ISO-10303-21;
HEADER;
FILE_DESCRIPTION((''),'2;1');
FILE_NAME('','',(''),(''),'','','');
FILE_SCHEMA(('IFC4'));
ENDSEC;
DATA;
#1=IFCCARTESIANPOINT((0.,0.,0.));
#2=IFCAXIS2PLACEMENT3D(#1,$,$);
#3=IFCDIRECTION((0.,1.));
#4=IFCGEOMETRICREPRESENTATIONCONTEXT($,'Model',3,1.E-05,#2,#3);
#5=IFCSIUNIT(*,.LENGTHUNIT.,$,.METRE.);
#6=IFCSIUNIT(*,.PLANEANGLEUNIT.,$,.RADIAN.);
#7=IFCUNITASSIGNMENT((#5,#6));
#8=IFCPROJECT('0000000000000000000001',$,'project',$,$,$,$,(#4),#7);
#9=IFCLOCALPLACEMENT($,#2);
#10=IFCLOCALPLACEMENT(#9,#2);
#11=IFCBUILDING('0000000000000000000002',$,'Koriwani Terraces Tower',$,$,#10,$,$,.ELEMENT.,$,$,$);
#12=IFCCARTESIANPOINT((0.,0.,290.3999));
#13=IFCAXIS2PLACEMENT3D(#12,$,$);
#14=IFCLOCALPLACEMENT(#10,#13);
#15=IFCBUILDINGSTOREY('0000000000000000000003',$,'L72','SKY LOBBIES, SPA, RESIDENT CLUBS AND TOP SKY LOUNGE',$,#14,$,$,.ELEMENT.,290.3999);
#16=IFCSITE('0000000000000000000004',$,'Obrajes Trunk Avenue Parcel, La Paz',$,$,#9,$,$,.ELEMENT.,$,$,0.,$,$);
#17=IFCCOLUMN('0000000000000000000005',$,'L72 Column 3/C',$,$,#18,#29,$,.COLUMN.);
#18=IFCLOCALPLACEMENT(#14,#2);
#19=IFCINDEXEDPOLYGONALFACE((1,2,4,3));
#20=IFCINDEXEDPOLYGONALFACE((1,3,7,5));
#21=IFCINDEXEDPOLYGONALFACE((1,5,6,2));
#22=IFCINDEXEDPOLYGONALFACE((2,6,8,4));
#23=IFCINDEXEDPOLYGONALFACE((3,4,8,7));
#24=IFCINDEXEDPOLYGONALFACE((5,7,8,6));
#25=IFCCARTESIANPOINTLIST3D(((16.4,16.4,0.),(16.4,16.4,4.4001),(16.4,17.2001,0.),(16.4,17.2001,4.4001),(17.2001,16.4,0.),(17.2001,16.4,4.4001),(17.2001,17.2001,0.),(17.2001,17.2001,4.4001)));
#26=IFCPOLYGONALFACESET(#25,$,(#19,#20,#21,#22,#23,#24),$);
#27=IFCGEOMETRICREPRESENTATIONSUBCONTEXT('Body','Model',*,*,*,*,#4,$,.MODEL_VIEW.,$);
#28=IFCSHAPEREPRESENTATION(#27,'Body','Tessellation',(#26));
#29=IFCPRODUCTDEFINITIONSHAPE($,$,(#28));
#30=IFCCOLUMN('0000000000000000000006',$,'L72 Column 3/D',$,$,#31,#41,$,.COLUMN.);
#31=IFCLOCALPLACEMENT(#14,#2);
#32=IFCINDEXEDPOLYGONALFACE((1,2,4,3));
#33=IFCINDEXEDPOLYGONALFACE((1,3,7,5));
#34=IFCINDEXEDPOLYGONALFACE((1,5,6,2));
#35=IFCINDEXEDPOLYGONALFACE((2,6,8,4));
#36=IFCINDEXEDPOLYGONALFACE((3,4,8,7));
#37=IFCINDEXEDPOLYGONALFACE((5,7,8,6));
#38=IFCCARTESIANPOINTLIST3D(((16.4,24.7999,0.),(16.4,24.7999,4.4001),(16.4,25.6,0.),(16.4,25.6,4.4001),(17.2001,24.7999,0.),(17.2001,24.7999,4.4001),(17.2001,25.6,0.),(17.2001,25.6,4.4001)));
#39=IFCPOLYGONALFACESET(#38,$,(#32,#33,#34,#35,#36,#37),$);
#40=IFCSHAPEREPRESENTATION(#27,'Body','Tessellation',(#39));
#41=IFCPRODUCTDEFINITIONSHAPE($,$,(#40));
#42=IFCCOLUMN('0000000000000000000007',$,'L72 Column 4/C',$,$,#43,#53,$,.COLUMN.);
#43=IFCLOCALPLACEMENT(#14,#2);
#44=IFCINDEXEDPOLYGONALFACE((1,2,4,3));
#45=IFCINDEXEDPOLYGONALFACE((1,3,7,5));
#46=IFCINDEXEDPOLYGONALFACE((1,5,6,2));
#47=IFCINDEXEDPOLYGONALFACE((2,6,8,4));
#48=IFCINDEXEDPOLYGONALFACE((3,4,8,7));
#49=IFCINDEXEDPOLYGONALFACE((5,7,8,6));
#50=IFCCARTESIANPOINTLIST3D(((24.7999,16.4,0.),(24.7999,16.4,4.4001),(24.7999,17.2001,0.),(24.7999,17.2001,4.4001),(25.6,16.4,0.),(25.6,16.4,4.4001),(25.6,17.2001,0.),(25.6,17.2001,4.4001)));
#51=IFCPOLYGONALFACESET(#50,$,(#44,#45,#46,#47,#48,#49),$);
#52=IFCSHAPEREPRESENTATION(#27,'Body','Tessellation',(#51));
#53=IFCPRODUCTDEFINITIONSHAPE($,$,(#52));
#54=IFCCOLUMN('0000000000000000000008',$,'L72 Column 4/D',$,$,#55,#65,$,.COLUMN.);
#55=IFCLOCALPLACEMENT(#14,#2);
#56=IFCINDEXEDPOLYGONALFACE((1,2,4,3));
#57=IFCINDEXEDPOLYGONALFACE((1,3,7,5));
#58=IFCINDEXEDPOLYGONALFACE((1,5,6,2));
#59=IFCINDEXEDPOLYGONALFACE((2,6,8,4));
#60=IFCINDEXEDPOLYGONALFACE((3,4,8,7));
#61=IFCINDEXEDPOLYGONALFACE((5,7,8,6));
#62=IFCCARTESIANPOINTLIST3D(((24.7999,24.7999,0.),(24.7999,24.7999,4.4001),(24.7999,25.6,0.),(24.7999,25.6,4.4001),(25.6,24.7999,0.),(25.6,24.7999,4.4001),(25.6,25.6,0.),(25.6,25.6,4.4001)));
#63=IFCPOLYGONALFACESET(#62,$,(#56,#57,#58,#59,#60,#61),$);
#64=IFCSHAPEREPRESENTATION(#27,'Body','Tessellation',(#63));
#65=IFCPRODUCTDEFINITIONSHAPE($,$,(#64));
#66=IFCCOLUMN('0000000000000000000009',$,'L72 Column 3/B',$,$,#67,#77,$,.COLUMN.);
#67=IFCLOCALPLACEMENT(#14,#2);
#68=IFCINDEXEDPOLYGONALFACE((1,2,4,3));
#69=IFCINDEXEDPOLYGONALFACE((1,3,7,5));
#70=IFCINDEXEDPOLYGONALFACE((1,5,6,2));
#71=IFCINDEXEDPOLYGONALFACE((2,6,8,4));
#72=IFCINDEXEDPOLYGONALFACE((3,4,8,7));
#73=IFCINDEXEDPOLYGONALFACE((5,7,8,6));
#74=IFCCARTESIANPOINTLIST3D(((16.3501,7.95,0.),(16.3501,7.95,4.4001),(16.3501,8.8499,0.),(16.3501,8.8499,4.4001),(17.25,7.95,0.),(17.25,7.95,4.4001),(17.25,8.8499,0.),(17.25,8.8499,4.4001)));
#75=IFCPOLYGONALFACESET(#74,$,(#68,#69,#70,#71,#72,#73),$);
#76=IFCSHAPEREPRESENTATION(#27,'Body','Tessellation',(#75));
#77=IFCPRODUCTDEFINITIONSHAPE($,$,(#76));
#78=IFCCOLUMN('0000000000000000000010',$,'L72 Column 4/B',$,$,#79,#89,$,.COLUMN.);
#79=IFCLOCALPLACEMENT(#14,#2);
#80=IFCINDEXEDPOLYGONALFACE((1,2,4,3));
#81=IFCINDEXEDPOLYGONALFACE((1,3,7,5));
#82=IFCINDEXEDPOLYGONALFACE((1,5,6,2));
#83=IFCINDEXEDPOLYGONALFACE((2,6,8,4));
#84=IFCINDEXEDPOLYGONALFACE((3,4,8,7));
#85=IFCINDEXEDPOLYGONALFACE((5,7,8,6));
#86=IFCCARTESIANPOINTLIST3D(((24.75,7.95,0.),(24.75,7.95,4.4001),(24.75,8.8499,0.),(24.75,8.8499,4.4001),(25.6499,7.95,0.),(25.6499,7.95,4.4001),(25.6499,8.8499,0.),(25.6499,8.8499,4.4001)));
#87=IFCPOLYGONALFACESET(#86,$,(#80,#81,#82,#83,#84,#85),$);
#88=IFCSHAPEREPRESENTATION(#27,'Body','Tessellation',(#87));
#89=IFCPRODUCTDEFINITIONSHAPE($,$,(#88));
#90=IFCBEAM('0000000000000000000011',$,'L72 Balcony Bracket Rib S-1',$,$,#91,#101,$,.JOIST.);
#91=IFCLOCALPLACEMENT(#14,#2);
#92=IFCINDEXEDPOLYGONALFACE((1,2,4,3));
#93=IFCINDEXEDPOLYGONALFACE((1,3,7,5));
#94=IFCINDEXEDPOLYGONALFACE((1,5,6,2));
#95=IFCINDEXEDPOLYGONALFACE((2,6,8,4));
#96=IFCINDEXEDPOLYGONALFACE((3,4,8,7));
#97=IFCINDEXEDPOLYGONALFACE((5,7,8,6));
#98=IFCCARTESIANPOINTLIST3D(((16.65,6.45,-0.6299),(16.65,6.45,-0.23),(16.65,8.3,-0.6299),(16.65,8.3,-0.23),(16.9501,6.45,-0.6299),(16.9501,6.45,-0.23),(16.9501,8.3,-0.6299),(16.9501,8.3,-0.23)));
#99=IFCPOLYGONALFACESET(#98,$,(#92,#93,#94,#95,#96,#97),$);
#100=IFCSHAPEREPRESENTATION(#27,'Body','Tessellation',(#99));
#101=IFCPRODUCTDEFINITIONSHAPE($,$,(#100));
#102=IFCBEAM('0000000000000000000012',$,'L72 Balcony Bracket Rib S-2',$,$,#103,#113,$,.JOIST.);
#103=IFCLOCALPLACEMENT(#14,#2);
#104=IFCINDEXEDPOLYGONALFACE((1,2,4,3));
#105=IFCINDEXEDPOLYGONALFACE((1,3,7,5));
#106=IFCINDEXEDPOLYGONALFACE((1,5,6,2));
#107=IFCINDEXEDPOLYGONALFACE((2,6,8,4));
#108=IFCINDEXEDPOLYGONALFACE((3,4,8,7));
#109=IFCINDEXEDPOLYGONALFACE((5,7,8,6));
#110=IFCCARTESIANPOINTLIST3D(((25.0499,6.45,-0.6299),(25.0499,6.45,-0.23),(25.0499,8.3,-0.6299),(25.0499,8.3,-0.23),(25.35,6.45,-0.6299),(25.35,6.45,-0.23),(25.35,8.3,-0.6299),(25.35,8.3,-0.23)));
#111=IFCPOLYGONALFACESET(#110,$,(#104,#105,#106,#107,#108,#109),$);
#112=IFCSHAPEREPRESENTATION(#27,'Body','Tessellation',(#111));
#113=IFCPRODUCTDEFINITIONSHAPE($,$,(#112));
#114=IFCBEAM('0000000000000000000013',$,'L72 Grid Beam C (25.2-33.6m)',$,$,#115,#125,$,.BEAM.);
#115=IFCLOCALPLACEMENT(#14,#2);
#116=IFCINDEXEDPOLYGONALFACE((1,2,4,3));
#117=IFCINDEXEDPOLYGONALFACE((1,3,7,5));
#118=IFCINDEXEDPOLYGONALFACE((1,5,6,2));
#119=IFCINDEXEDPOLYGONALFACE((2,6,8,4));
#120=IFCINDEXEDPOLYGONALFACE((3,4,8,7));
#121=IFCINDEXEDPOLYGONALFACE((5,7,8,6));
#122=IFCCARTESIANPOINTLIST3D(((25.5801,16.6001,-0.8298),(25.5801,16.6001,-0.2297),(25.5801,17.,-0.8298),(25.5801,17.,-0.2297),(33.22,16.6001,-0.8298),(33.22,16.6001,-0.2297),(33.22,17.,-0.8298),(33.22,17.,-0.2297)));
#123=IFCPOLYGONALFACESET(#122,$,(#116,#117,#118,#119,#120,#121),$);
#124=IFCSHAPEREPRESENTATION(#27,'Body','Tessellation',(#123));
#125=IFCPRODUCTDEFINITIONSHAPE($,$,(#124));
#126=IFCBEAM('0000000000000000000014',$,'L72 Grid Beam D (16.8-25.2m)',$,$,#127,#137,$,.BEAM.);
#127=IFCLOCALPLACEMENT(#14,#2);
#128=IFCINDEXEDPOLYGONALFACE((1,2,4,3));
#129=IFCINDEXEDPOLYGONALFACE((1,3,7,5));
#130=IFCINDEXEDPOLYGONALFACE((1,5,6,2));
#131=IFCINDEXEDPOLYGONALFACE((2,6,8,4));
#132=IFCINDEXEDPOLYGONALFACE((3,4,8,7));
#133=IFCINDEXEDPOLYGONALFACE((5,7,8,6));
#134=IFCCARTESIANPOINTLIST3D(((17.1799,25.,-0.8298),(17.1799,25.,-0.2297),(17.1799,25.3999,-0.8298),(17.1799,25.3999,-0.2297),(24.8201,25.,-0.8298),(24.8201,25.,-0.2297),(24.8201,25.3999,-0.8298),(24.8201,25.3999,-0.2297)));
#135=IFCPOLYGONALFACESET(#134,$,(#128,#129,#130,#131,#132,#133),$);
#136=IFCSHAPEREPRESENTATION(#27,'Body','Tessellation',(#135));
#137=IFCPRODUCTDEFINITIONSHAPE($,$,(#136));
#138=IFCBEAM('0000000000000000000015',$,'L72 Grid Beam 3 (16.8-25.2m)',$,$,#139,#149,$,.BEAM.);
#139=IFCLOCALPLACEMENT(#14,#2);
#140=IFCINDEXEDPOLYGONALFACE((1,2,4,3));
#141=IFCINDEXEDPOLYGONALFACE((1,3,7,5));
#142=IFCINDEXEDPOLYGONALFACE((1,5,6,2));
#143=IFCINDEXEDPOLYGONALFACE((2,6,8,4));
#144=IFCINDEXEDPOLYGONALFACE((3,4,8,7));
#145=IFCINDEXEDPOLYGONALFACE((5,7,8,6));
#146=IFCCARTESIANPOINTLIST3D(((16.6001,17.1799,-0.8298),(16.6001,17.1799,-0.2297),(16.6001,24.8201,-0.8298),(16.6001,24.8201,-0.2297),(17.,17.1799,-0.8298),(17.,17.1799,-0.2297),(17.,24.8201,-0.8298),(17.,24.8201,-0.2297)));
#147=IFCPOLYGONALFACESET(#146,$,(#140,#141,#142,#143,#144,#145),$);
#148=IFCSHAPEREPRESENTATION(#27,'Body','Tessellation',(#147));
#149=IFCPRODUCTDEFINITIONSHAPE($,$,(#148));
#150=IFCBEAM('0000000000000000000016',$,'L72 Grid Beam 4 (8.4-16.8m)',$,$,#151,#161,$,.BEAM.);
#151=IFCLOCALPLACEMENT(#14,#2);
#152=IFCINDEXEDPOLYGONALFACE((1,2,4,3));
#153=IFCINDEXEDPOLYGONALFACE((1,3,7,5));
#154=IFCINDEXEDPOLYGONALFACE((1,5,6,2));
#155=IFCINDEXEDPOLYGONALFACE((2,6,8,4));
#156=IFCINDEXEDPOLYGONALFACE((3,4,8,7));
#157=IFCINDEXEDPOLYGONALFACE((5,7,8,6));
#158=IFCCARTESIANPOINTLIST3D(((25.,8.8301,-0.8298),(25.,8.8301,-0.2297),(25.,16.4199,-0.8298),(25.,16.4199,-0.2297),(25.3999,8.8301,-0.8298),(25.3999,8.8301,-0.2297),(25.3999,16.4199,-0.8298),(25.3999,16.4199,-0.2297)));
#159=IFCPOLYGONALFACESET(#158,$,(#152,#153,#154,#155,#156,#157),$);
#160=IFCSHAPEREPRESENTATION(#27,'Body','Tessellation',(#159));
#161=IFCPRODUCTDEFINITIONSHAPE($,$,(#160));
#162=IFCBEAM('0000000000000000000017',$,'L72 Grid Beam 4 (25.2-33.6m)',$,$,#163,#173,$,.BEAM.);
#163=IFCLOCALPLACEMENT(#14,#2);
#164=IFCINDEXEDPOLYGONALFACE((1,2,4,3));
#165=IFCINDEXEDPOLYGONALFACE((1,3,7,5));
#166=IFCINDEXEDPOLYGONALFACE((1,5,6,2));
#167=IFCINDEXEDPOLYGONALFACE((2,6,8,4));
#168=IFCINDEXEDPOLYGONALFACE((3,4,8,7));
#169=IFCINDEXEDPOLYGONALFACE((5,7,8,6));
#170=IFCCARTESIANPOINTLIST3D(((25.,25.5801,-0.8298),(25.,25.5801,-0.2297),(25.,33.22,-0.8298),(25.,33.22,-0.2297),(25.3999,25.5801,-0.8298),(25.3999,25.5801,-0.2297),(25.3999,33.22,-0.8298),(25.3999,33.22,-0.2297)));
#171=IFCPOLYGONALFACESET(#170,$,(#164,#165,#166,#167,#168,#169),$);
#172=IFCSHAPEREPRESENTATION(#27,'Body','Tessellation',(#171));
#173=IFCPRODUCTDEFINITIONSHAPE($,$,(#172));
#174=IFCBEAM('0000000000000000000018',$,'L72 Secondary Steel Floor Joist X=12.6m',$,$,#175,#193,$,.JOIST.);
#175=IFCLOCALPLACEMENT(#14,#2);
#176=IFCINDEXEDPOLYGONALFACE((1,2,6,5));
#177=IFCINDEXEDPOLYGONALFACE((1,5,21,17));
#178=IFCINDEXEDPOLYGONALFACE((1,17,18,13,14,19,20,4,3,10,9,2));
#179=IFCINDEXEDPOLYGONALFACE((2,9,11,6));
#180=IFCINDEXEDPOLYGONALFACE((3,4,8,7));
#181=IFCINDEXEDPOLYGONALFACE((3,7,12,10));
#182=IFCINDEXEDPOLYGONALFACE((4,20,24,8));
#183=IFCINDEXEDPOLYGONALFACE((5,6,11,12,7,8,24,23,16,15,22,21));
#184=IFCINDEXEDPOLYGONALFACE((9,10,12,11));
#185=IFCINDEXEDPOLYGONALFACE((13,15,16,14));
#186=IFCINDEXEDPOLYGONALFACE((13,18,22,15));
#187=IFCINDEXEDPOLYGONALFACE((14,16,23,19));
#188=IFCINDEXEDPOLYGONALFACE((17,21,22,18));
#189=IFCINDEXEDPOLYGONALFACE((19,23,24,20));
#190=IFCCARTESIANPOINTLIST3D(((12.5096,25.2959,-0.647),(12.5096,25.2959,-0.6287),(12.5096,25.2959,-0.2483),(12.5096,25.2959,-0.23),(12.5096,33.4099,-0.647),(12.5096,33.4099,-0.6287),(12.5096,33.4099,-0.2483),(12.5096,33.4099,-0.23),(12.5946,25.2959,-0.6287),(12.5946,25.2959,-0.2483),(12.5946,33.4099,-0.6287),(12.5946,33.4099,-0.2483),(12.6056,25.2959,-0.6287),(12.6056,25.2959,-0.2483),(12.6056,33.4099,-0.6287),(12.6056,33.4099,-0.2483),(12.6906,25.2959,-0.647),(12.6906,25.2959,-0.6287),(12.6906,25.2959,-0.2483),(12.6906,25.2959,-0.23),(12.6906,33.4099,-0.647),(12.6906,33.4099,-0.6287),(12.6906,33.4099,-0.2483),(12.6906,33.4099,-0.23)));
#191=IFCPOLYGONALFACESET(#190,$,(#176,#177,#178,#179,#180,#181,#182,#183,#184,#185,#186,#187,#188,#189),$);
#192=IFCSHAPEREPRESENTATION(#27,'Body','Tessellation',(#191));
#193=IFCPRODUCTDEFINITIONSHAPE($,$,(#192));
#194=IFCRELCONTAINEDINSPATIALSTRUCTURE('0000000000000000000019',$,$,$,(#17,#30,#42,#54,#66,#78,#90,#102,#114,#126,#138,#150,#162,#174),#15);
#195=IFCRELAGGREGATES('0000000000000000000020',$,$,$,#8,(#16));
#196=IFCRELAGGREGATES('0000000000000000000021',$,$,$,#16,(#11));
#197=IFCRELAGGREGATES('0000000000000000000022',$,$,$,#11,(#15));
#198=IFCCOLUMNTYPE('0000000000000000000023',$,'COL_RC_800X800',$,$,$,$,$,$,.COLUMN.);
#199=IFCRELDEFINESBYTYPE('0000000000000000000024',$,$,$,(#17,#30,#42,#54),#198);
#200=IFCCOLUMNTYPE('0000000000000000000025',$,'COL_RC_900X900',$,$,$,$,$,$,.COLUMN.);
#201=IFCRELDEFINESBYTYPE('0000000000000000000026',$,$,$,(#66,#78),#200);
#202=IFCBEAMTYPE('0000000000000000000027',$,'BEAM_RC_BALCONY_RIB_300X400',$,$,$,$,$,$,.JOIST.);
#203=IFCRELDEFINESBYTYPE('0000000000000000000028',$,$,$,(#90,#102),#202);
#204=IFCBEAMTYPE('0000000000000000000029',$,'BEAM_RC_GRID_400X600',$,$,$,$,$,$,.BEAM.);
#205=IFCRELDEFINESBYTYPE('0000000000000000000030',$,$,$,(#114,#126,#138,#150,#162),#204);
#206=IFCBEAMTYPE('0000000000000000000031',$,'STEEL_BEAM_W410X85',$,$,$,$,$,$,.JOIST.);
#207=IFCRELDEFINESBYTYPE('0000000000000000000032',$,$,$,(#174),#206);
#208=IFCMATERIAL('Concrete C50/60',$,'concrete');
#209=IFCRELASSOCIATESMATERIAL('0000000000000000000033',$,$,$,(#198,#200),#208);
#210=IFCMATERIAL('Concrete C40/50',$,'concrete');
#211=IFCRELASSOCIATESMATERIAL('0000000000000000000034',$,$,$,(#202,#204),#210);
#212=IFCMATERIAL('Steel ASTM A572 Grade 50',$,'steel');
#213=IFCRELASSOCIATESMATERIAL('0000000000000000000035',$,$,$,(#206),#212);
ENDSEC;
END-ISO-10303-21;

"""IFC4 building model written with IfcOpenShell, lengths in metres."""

from ifc_helpers import new_model, si_unit, direction, frame, origin, origin_2d, place, context, subcontext, project, spatial, rectangle, i_section, extrude, material, material_profile, profile_set, type_object, element, save


model = new_model("IFC4")

# Units and contexts
model_context = context("Model", 3, precision=1e-05, world=origin(), true_north=direction((0.0, 1.0)))
body_context = subcontext(model_context, "Body", "Model", "MODEL_VIEW")
ifc_project = project(units=[si_unit("LENGTHUNIT", "METRE"), si_unit("PLANEANGLEUNIT", "RADIAN")], contexts=[model_context])

# Site, building, storey
site_placement = place(None, origin())
site = spatial("IfcSite", under=ifc_project, at=site_placement, Name="Obrajes Trunk Avenue Parcel, La Paz", CompositionType="ELEMENT", RefElevation=0.0)
building_placement = place(site_placement, origin())
building = spatial("IfcBuilding", under=site, at=building_placement, Name="Koriwani Terraces Tower", CompositionType="ELEMENT")
storey_placement = place(building_placement, frame((0.0, 0.0, 290.3999)))
storey = spatial("IfcBuildingStorey", under=building, at=storey_placement, Name="L72", Description="SKY LOBBIES, SPA, RESIDENT CLUBS AND TOP SKY LOUNGE", CompositionType="ELEMENT", Elevation=290.3999)

# Columns
ifc_material_1 = material(Name="Concrete C50/60", Category="concrete")
ifc_material_profile_1 = material_profile(ifc_material_1, rectangle(XDim=0.8, YDim=0.8, at=origin_2d()), Name="Concrete C50/60", Category="LoadBearing")
ifc_profile_set_1 = profile_set([ifc_material_profile_1], Name="Concrete C50/60")
column_type_1 = type_object("IfcColumnType", Name="COL_RC_800X800", PredefinedType="COLUMN", material=ifc_profile_set_1)
for number, where, z_axis, x_axis, name in (
    (1, (16.8, 16.8, 0.0), (0.0, 0.0, 1.0), (1.0, 0.0, 0.0), "L72 Column 3/C"),
    (2, (16.8, 25.2, 0.0), (0.0, 0.0, 1.0), (1.0, 0.0, 0.0), "L72 Column 3/D"),
    (3, (25.2, 16.8, 0.0), (0.0, 0.0, 1.0), (1.0, 0.0, 0.0), "L72 Column 4/C"),
    (4, (25.2, 25.2, 0.0), (0.0, 0.0, 1.0), (1.0, 0.0, 0.0), "L72 Column 4/D"),
):
    element("IfcColumn", number, at=place(storey_placement, frame(where, z_axis=z_axis, x_axis=x_axis)), inside=storey, type_object=column_type_1, Name=name, PredefinedType="COLUMN", context=body_context, shape_type="SweptSolid", body=[
        extrude(rectangle(XDim=0.8, YDim=0.8, at=origin_2d()), origin(), (0.0, 0.0, 1.0), 4.4001),
    ])
ifc_material_profile_2 = material_profile(ifc_material_1, rectangle(XDim=0.8999, YDim=0.8999, at=origin_2d()), Name="Concrete C50/60", Category="LoadBearing")
ifc_profile_set_2 = profile_set([ifc_material_profile_2], Name="Concrete C50/60")
column_type_2 = type_object("IfcColumnType", Name="COL_RC_900X900", PredefinedType="COLUMN", material=ifc_profile_set_2)
for number, where, z_axis, x_axis, name in (
    (5, (16.8, 8.3999, 0.0), (0.0, 0.0, 1.0), (1.0, 0.0, 0.0), "L72 Column 3/B"),
    (6, (25.2, 8.3999, 0.0), (0.0, 0.0, 1.0), (1.0, 0.0, 0.0), "L72 Column 4/B"),
):
    element("IfcColumn", number, at=place(storey_placement, frame(where, z_axis=z_axis, x_axis=x_axis)), inside=storey, type_object=column_type_2, Name=name, PredefinedType="COLUMN", context=body_context, shape_type="SweptSolid", body=[
        extrude(rectangle(XDim=0.8999, YDim=0.8999, at=origin_2d()), origin(), (0.0, 0.0, 1.0), 4.4001),
    ])

# Beams
ifc_material_2 = material(Name="Concrete C40/50", Category="concrete")
ifc_material_profile_3 = material_profile(ifc_material_2, rectangle(XDim=0.3, YDim=0.3999, at=origin_2d()), Name="Concrete C40/50", Category="LoadBearing")
ifc_profile_set_3 = profile_set([ifc_material_profile_3], Name="Concrete C40/50")
beam_type_1 = type_object("IfcBeamType", Name="BEAM_RC_BALCONY_RIB_300X400", PredefinedType="JOIST", material=ifc_profile_set_3)
for number, where, z_axis, x_axis, name in (
    (7, (16.8, 6.45, -0.4299), (0.0, 1.0, 0.0), (-1.0, 0.0, 0.0), "L72 Balcony Bracket Rib S-1"),
    (8, (25.2, 6.45, -0.4299), (0.0, 1.0, 0.0), (-1.0, 0.0, 0.0), "L72 Balcony Bracket Rib S-2"),
):
    element("IfcBeam", number, at=place(storey_placement, frame(where, z_axis=z_axis, x_axis=x_axis)), inside=storey, type_object=beam_type_1, Name=name, PredefinedType="JOIST", context=body_context, shape_type="SweptSolid", body=[
        extrude(rectangle(XDim=0.3, YDim=0.3999, at=origin_2d()), origin(), (0.0, 0.0, 1.0), 1.8501),
    ])
ifc_material_profile_4 = material_profile(ifc_material_2, rectangle(XDim=0.3999, YDim=0.6001, at=origin_2d()), Name="Concrete C40/50", Category="LoadBearing")
ifc_profile_set_4 = profile_set([ifc_material_profile_4], Name="Concrete C40/50")
beam_type_2 = type_object("IfcBeamType", Name="BEAM_RC_GRID_400X600", PredefinedType="BEAM", material=ifc_profile_set_4)
beam_1_placement = place(storey_placement, frame((25.5801, 16.8, -0.5298), z_axis=(1.0, 0.0, 0.0), x_axis=(0.0, 1.0, 0.0)))
element("IfcBeam", 9, at=beam_1_placement, inside=storey, type_object=beam_type_2, Name="L72 Grid Beam C (25.2-33.6m)", PredefinedType="BEAM", context=body_context, shape_type="SweptSolid", body=[
    extrude(rectangle(XDim=0.3999, YDim=0.6001, at=origin_2d()), origin(), (0.0, 0.0, 1.0), 7.6399),
])
for number, where, z_axis, x_axis, name in (
    (10, (17.1799, 25.2, -0.5298), (1.0, 0.0, 0.0), (0.0, 1.0, 0.0), "L72 Grid Beam D (16.8-25.2m)"),
    (11, (16.8, 17.1799, -0.5298), (0.0, 1.0, 0.0), (-1.0, 0.0, 0.0), "L72 Grid Beam 3 (16.8-25.2m)"),
):
    element("IfcBeam", number, at=place(storey_placement, frame(where, z_axis=z_axis, x_axis=x_axis)), inside=storey, type_object=beam_type_2, Name=name, PredefinedType="BEAM", context=body_context, shape_type="SweptSolid", body=[
        extrude(rectangle(XDim=0.3999, YDim=0.6001, at=origin_2d()), origin(), (0.0, 0.0, 1.0), 7.6401),
    ])
beam_2_placement = place(storey_placement, frame((25.2, 8.8301, -0.5298), z_axis=(0.0, 1.0, 0.0), x_axis=(-1.0, 0.0, 0.0)))
element("IfcBeam", 12, at=beam_2_placement, inside=storey, type_object=beam_type_2, Name="L72 Grid Beam 4 (8.4-16.8m)", PredefinedType="BEAM", context=body_context, shape_type="SweptSolid", body=[
    extrude(rectangle(XDim=0.3999, YDim=0.6001, at=origin_2d()), origin(), (0.0, 0.0, 1.0), 7.5898),
])
beam_3_placement = place(storey_placement, frame((25.2, 25.5801, -0.5298), z_axis=(0.0, 1.0, 0.0), x_axis=(-1.0, 0.0, 0.0)))
element("IfcBeam", 13, at=beam_3_placement, inside=storey, type_object=beam_type_2, Name="L72 Grid Beam 4 (25.2-33.6m)", PredefinedType="BEAM", context=body_context, shape_type="SweptSolid", body=[
    extrude(rectangle(XDim=0.3999, YDim=0.6001, at=origin_2d()), origin(), (0.0, 0.0, 1.0), 7.6399),
])
ifc_material_3 = material(Name="Steel ASTM A572 Grade 50", Category="steel")
ifc_material_profile_5 = material_profile(ifc_material_3, i_section(OverallWidth=0.1809, OverallDepth=0.417, WebThickness=0.011, FlangeThickness=0.0183, at=origin_2d()), Name="Steel ASTM A572 Grade 50", Category="LoadBearing")
ifc_profile_set_5 = profile_set([ifc_material_profile_5], Name="Steel ASTM A572 Grade 50")
beam_type_3 = type_object("IfcBeamType", Name="STEEL_BEAM_W410X85", PredefinedType="JOIST", material=ifc_profile_set_5)
for number, where, z_axis, x_axis, name in (
    (14, (12.6001, 25.2959, -0.4385), (0.0, 1.0, 0.0), (-1.0, 0.0, 0.0), "L72 Secondary Steel Floor Joist X=12.6m"),
):
    element("IfcBeam", number, at=place(storey_placement, frame(where, z_axis=z_axis, x_axis=x_axis)), inside=storey, type_object=beam_type_3, Name=name, PredefinedType="JOIST", context=body_context, shape_type="SweptSolid", body=[
        extrude(i_section(OverallWidth=0.1809, OverallDepth=0.417, WebThickness=0.011, FlangeThickness=0.0183, at=origin_2d()), origin(), (0.0, 0.0, 1.0), 8.114),
    ])

save(model, "model.ifc")
